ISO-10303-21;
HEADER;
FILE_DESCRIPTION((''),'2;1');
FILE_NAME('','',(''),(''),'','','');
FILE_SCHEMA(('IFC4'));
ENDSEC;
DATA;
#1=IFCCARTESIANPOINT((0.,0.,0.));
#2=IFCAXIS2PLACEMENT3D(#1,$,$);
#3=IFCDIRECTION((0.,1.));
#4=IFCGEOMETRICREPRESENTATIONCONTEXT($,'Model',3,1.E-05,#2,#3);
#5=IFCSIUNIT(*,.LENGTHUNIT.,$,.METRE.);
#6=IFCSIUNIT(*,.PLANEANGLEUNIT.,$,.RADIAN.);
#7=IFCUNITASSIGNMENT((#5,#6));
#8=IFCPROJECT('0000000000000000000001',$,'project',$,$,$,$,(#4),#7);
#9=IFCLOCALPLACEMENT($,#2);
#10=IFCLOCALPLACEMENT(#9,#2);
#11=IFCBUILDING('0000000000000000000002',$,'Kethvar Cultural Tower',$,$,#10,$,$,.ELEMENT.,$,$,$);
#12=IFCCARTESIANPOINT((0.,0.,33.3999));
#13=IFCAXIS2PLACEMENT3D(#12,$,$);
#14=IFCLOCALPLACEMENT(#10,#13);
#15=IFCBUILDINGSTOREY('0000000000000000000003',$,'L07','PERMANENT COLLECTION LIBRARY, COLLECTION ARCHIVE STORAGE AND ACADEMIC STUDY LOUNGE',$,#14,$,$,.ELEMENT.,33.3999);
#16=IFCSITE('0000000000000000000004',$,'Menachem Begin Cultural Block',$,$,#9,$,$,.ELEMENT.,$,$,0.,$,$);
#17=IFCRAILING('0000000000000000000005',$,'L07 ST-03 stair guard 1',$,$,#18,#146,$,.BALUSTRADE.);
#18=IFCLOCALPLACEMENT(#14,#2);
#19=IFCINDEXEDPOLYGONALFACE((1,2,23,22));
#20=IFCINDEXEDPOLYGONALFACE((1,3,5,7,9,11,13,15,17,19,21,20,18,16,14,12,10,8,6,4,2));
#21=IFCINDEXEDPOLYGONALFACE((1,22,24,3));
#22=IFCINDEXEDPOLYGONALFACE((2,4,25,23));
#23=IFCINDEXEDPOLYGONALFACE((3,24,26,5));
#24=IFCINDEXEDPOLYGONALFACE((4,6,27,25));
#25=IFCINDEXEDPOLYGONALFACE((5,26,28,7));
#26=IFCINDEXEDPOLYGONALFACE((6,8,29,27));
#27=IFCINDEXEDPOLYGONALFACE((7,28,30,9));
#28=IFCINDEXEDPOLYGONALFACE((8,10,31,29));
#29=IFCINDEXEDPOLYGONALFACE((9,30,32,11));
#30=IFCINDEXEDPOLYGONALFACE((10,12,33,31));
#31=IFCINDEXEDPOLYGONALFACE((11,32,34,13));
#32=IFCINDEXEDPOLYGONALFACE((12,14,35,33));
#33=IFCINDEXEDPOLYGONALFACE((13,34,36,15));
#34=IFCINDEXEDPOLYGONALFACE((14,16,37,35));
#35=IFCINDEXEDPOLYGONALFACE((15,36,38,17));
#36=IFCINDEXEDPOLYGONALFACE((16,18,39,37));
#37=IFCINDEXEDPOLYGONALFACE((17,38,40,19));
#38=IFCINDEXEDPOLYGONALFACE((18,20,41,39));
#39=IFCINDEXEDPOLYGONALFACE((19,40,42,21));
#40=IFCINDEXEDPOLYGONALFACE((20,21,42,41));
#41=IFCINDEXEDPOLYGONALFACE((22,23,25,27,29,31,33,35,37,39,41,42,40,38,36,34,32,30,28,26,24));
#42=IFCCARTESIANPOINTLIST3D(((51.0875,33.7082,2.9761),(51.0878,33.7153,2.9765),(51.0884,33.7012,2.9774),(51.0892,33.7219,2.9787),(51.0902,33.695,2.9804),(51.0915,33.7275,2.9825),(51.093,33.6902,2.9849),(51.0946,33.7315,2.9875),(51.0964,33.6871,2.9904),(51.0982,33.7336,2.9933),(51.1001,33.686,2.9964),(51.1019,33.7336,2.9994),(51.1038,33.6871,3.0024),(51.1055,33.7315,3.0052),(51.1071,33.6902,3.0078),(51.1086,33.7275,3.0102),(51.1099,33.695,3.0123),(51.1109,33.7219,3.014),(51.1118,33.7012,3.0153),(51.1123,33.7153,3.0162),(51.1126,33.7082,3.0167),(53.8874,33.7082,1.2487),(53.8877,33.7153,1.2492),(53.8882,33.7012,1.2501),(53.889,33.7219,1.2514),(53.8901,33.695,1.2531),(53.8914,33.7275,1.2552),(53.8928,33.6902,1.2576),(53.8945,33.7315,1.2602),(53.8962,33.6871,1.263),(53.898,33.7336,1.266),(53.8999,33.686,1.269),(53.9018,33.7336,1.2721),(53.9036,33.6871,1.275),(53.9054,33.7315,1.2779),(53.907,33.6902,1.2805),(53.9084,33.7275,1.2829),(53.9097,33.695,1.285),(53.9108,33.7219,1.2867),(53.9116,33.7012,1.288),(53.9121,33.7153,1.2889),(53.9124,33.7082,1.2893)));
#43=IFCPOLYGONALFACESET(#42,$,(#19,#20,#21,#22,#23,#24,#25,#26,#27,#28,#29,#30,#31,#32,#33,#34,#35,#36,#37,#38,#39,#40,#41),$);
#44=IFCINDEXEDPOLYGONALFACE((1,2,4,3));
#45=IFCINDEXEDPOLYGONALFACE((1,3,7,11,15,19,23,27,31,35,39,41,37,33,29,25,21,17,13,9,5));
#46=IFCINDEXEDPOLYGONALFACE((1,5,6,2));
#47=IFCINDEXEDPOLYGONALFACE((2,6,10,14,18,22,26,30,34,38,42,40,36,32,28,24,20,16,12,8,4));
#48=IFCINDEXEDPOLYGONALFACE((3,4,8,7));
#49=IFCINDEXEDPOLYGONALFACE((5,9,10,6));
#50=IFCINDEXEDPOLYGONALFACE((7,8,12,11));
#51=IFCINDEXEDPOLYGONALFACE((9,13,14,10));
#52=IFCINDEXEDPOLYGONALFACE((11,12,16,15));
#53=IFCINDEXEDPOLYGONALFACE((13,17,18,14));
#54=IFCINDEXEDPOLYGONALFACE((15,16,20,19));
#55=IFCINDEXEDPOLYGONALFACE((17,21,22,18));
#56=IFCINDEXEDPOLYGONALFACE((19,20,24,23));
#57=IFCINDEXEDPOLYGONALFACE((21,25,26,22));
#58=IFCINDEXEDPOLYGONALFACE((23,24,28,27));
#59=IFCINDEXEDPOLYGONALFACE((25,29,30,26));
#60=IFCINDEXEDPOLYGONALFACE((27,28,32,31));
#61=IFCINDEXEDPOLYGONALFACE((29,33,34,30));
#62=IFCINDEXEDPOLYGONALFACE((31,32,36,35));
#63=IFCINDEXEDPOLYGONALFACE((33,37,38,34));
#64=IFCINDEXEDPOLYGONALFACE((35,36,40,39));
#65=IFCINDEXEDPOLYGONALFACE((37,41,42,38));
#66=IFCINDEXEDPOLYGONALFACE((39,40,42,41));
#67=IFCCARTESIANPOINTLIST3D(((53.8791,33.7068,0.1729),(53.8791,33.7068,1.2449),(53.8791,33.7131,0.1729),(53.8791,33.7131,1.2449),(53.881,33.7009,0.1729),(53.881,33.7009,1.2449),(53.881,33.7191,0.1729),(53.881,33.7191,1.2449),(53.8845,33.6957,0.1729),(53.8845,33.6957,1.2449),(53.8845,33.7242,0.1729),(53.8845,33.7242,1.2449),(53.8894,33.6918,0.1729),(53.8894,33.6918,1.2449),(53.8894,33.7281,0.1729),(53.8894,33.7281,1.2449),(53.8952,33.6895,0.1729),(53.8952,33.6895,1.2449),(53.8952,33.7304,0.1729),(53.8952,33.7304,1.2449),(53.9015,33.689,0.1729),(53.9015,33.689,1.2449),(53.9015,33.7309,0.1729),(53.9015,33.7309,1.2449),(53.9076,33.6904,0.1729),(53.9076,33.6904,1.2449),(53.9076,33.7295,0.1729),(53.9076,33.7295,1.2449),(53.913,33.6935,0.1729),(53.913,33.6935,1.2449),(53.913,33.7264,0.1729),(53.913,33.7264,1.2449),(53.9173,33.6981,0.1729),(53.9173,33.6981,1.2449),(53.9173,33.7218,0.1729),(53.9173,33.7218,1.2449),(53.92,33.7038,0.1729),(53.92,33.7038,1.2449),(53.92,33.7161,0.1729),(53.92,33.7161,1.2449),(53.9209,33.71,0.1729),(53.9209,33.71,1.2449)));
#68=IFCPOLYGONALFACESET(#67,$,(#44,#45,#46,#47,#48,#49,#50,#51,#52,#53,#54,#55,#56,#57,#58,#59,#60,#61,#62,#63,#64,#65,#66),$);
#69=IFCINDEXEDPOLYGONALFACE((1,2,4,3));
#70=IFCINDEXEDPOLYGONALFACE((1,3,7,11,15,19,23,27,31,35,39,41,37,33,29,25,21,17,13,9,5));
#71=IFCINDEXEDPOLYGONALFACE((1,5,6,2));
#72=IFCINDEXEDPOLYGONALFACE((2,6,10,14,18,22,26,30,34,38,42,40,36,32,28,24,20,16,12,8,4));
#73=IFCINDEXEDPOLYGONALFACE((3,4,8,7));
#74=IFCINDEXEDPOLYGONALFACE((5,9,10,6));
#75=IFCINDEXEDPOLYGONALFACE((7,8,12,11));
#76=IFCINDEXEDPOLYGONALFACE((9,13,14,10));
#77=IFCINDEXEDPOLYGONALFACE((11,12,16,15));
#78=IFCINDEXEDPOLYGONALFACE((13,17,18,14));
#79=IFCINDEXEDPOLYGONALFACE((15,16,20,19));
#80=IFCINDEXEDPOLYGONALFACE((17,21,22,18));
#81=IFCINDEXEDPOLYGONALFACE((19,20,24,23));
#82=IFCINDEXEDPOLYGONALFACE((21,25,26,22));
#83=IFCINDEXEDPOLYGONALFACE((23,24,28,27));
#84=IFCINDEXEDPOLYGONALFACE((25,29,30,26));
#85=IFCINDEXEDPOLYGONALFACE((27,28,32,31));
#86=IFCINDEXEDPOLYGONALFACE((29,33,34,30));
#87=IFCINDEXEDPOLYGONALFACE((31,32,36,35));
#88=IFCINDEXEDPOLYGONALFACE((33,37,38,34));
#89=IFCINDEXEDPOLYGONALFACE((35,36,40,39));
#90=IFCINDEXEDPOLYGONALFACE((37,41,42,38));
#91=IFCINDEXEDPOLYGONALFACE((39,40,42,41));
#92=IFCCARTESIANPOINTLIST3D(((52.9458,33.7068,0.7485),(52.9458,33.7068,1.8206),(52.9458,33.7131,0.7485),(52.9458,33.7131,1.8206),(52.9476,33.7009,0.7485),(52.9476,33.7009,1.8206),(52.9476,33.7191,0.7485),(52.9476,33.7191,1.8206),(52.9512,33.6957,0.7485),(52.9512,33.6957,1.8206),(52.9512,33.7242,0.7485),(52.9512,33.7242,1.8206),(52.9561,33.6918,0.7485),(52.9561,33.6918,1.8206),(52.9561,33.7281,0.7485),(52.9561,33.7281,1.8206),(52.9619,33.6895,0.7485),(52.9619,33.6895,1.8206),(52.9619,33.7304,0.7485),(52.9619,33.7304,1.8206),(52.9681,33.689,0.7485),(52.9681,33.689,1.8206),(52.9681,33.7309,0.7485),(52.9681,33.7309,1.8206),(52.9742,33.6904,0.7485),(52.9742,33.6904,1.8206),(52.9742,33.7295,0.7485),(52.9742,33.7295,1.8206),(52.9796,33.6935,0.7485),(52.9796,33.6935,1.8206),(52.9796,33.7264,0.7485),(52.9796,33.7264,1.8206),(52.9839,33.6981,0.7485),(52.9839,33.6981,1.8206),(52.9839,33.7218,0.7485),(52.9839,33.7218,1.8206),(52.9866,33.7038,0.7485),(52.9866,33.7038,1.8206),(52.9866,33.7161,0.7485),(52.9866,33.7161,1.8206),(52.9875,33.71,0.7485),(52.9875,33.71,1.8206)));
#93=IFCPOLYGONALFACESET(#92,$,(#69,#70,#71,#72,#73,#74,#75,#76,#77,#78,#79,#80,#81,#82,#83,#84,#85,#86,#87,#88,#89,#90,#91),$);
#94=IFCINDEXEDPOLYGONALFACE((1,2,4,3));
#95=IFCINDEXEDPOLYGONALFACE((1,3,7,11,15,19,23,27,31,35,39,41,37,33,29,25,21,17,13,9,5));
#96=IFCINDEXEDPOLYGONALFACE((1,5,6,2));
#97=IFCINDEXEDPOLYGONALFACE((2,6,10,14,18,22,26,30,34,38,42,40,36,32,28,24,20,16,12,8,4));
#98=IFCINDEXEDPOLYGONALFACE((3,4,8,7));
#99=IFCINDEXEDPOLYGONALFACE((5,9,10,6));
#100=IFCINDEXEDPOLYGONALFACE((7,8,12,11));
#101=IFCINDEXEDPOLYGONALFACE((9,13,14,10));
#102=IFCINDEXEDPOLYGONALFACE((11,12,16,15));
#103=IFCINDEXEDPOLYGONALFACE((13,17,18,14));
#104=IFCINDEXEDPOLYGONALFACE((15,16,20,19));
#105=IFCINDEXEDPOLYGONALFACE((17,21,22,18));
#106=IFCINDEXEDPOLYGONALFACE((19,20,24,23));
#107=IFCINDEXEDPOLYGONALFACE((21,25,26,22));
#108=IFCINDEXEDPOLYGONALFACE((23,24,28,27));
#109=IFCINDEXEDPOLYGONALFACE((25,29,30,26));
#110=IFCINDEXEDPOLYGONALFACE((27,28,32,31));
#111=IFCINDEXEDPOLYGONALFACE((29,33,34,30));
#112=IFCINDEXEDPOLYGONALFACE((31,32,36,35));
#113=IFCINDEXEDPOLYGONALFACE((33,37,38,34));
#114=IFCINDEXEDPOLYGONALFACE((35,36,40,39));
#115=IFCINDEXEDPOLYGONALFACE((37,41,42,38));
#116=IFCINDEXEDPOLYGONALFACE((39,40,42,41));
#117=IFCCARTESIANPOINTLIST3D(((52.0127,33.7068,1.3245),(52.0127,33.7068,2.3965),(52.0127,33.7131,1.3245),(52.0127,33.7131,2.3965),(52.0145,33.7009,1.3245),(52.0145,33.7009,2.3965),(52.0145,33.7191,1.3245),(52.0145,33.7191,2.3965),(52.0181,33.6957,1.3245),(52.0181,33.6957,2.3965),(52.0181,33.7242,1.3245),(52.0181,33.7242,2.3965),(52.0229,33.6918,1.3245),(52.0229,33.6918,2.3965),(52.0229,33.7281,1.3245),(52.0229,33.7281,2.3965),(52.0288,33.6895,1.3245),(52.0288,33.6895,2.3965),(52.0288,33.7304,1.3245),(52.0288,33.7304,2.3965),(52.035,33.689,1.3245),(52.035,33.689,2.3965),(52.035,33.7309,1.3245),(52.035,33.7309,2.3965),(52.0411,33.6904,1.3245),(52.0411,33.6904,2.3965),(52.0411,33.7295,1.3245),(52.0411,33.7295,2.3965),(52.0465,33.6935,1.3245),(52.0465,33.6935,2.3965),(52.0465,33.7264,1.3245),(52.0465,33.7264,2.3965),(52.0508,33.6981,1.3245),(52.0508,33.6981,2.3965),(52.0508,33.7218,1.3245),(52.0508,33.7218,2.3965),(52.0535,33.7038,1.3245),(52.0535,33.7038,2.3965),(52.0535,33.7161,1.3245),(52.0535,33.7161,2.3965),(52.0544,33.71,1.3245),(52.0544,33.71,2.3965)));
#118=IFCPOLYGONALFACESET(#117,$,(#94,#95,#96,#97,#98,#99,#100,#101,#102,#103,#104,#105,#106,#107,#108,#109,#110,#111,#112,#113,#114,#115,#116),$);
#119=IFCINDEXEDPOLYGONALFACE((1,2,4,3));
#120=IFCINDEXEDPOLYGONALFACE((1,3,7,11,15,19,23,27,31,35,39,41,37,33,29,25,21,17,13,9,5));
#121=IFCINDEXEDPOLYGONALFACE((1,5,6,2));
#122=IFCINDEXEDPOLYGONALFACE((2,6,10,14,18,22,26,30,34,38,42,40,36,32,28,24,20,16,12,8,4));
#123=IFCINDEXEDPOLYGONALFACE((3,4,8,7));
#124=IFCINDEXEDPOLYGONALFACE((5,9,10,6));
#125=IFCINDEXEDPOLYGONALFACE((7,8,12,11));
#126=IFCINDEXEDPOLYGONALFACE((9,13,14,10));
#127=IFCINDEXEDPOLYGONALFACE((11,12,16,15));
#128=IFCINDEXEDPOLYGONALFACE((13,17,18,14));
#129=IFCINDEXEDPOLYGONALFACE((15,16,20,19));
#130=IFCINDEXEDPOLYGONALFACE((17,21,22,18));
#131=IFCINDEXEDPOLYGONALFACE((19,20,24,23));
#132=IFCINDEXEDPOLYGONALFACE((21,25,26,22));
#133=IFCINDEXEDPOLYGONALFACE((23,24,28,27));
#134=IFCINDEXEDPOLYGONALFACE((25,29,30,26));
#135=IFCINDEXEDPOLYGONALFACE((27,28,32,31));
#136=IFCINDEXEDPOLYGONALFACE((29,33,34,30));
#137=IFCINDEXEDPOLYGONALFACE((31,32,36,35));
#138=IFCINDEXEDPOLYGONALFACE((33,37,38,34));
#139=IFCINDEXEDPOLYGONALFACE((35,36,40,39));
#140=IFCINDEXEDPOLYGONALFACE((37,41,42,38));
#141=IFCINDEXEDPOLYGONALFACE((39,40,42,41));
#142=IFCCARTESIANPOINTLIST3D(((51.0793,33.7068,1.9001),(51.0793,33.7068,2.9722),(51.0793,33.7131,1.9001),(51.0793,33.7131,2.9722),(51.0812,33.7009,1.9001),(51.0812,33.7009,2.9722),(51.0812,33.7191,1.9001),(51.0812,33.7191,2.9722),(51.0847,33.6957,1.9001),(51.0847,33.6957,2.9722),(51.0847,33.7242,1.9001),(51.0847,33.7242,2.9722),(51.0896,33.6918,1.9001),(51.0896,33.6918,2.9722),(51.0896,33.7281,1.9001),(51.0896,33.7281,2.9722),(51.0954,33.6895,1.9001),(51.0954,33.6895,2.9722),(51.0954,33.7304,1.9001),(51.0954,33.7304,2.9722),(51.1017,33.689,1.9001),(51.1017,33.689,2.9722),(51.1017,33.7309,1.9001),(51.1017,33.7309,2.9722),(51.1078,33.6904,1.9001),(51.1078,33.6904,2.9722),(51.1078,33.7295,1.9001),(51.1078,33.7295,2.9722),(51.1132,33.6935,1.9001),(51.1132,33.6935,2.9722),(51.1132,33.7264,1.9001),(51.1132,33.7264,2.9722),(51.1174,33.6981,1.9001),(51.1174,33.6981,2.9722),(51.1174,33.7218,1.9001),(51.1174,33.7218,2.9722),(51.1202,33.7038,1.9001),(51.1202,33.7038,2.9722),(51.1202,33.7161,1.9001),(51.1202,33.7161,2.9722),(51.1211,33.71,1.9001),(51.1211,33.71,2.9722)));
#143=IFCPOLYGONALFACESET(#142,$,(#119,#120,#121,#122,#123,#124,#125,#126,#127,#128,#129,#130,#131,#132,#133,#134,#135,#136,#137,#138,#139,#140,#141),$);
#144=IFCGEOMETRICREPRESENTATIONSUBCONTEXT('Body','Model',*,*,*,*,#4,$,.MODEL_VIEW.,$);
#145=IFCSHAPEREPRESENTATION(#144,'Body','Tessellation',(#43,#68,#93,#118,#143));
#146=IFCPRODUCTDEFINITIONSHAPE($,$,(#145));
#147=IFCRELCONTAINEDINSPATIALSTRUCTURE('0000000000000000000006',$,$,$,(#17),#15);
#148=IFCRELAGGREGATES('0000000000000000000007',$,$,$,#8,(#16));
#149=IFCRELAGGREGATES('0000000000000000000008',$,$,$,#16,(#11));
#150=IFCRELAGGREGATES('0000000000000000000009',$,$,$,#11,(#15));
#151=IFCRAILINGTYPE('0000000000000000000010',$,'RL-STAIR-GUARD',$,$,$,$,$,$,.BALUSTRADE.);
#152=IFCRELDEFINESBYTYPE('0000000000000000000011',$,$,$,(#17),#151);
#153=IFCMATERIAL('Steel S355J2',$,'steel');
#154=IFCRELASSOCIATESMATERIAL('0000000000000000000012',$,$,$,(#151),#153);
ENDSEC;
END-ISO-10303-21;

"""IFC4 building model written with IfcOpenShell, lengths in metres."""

from ifc_helpers import new_model, si_unit, direction, frame, origin, origin_2d, place, context, subcontext, project, spatial, circle, extrude, material, type_object, element, save


model = new_model("IFC4")

# Units and contexts
model_context = context("Model", 3, precision=1e-05, world=origin(), true_north=direction((0.0, 1.0)))
body_context = subcontext(model_context, "Body", "Model", "MODEL_VIEW")
ifc_project = project(units=[si_unit("LENGTHUNIT", "METRE"), si_unit("PLANEANGLEUNIT", "RADIAN")], contexts=[model_context])

# Site, building, storey
site_placement = place(None, origin())
site = spatial("IfcSite", under=ifc_project, at=site_placement, Name="Menachem Begin Cultural Block", CompositionType="ELEMENT", RefElevation=0.0)
building_placement = place(site_placement, origin())
building = spatial("IfcBuilding", under=site, at=building_placement, Name="Kethvar Cultural Tower", CompositionType="ELEMENT")
storey_placement = place(building_placement, frame((0.0, 0.0, 33.3999)))
storey = spatial("IfcBuildingStorey", under=building, at=storey_placement, Name="L07", Description="PERMANENT COLLECTION LIBRARY, COLLECTION ARCHIVE STORAGE AND ACADEMIC STUDY LOUNGE", CompositionType="ELEMENT", Elevation=33.3999)

# Shared definitions
ifc_material_1 = material(Name="Steel S355J2", Category="steel")

# Railing
railing_type_1 = type_object("IfcRailingType", Name="RL-STAIR-GUARD", PredefinedType="BALUSTRADE", material=ifc_material_1)
railing_1_placement = place(storey_placement, frame((53.8999, 33.71, 0.1729)))
element("IfcRailing", 1, at=railing_1_placement, inside=storey, type_object=railing_type_1, Name="L07 ST-03 stair guard 1", PredefinedType="BALUSTRADE", context=body_context, shape_type="SweptSolid", body=[
    extrude(circle(Radius=0.0239, at=origin_2d()), frame((0.0, 0.0, 1.0962), z_axis=(-0.851069, 0.0, 0.525054), x_axis=(0.0, -1.0, 0.0)), (0.0, 0.0, 1.0), 3.2898),
    extrude(circle(Radius=0.021, at=origin_2d()), origin(), (0.0, 0.0, 1.0), 1.072),
    extrude(circle(Radius=0.021, at=origin_2d()), frame((-0.9333, 0.0, 0.5757)), (0.0, 0.0, 1.0), 1.072),
    extrude(circle(Radius=0.021, at=origin_2d()), frame((-1.8665, 0.0, 1.1516)), (0.0, 0.0, 1.0), 1.072),
    extrude(circle(Radius=0.021, at=origin_2d()), frame((-2.7998, 0.0, 1.7273)), (0.0, 0.0, 1.0), 1.072),
])

save(model, "model.ifc")
